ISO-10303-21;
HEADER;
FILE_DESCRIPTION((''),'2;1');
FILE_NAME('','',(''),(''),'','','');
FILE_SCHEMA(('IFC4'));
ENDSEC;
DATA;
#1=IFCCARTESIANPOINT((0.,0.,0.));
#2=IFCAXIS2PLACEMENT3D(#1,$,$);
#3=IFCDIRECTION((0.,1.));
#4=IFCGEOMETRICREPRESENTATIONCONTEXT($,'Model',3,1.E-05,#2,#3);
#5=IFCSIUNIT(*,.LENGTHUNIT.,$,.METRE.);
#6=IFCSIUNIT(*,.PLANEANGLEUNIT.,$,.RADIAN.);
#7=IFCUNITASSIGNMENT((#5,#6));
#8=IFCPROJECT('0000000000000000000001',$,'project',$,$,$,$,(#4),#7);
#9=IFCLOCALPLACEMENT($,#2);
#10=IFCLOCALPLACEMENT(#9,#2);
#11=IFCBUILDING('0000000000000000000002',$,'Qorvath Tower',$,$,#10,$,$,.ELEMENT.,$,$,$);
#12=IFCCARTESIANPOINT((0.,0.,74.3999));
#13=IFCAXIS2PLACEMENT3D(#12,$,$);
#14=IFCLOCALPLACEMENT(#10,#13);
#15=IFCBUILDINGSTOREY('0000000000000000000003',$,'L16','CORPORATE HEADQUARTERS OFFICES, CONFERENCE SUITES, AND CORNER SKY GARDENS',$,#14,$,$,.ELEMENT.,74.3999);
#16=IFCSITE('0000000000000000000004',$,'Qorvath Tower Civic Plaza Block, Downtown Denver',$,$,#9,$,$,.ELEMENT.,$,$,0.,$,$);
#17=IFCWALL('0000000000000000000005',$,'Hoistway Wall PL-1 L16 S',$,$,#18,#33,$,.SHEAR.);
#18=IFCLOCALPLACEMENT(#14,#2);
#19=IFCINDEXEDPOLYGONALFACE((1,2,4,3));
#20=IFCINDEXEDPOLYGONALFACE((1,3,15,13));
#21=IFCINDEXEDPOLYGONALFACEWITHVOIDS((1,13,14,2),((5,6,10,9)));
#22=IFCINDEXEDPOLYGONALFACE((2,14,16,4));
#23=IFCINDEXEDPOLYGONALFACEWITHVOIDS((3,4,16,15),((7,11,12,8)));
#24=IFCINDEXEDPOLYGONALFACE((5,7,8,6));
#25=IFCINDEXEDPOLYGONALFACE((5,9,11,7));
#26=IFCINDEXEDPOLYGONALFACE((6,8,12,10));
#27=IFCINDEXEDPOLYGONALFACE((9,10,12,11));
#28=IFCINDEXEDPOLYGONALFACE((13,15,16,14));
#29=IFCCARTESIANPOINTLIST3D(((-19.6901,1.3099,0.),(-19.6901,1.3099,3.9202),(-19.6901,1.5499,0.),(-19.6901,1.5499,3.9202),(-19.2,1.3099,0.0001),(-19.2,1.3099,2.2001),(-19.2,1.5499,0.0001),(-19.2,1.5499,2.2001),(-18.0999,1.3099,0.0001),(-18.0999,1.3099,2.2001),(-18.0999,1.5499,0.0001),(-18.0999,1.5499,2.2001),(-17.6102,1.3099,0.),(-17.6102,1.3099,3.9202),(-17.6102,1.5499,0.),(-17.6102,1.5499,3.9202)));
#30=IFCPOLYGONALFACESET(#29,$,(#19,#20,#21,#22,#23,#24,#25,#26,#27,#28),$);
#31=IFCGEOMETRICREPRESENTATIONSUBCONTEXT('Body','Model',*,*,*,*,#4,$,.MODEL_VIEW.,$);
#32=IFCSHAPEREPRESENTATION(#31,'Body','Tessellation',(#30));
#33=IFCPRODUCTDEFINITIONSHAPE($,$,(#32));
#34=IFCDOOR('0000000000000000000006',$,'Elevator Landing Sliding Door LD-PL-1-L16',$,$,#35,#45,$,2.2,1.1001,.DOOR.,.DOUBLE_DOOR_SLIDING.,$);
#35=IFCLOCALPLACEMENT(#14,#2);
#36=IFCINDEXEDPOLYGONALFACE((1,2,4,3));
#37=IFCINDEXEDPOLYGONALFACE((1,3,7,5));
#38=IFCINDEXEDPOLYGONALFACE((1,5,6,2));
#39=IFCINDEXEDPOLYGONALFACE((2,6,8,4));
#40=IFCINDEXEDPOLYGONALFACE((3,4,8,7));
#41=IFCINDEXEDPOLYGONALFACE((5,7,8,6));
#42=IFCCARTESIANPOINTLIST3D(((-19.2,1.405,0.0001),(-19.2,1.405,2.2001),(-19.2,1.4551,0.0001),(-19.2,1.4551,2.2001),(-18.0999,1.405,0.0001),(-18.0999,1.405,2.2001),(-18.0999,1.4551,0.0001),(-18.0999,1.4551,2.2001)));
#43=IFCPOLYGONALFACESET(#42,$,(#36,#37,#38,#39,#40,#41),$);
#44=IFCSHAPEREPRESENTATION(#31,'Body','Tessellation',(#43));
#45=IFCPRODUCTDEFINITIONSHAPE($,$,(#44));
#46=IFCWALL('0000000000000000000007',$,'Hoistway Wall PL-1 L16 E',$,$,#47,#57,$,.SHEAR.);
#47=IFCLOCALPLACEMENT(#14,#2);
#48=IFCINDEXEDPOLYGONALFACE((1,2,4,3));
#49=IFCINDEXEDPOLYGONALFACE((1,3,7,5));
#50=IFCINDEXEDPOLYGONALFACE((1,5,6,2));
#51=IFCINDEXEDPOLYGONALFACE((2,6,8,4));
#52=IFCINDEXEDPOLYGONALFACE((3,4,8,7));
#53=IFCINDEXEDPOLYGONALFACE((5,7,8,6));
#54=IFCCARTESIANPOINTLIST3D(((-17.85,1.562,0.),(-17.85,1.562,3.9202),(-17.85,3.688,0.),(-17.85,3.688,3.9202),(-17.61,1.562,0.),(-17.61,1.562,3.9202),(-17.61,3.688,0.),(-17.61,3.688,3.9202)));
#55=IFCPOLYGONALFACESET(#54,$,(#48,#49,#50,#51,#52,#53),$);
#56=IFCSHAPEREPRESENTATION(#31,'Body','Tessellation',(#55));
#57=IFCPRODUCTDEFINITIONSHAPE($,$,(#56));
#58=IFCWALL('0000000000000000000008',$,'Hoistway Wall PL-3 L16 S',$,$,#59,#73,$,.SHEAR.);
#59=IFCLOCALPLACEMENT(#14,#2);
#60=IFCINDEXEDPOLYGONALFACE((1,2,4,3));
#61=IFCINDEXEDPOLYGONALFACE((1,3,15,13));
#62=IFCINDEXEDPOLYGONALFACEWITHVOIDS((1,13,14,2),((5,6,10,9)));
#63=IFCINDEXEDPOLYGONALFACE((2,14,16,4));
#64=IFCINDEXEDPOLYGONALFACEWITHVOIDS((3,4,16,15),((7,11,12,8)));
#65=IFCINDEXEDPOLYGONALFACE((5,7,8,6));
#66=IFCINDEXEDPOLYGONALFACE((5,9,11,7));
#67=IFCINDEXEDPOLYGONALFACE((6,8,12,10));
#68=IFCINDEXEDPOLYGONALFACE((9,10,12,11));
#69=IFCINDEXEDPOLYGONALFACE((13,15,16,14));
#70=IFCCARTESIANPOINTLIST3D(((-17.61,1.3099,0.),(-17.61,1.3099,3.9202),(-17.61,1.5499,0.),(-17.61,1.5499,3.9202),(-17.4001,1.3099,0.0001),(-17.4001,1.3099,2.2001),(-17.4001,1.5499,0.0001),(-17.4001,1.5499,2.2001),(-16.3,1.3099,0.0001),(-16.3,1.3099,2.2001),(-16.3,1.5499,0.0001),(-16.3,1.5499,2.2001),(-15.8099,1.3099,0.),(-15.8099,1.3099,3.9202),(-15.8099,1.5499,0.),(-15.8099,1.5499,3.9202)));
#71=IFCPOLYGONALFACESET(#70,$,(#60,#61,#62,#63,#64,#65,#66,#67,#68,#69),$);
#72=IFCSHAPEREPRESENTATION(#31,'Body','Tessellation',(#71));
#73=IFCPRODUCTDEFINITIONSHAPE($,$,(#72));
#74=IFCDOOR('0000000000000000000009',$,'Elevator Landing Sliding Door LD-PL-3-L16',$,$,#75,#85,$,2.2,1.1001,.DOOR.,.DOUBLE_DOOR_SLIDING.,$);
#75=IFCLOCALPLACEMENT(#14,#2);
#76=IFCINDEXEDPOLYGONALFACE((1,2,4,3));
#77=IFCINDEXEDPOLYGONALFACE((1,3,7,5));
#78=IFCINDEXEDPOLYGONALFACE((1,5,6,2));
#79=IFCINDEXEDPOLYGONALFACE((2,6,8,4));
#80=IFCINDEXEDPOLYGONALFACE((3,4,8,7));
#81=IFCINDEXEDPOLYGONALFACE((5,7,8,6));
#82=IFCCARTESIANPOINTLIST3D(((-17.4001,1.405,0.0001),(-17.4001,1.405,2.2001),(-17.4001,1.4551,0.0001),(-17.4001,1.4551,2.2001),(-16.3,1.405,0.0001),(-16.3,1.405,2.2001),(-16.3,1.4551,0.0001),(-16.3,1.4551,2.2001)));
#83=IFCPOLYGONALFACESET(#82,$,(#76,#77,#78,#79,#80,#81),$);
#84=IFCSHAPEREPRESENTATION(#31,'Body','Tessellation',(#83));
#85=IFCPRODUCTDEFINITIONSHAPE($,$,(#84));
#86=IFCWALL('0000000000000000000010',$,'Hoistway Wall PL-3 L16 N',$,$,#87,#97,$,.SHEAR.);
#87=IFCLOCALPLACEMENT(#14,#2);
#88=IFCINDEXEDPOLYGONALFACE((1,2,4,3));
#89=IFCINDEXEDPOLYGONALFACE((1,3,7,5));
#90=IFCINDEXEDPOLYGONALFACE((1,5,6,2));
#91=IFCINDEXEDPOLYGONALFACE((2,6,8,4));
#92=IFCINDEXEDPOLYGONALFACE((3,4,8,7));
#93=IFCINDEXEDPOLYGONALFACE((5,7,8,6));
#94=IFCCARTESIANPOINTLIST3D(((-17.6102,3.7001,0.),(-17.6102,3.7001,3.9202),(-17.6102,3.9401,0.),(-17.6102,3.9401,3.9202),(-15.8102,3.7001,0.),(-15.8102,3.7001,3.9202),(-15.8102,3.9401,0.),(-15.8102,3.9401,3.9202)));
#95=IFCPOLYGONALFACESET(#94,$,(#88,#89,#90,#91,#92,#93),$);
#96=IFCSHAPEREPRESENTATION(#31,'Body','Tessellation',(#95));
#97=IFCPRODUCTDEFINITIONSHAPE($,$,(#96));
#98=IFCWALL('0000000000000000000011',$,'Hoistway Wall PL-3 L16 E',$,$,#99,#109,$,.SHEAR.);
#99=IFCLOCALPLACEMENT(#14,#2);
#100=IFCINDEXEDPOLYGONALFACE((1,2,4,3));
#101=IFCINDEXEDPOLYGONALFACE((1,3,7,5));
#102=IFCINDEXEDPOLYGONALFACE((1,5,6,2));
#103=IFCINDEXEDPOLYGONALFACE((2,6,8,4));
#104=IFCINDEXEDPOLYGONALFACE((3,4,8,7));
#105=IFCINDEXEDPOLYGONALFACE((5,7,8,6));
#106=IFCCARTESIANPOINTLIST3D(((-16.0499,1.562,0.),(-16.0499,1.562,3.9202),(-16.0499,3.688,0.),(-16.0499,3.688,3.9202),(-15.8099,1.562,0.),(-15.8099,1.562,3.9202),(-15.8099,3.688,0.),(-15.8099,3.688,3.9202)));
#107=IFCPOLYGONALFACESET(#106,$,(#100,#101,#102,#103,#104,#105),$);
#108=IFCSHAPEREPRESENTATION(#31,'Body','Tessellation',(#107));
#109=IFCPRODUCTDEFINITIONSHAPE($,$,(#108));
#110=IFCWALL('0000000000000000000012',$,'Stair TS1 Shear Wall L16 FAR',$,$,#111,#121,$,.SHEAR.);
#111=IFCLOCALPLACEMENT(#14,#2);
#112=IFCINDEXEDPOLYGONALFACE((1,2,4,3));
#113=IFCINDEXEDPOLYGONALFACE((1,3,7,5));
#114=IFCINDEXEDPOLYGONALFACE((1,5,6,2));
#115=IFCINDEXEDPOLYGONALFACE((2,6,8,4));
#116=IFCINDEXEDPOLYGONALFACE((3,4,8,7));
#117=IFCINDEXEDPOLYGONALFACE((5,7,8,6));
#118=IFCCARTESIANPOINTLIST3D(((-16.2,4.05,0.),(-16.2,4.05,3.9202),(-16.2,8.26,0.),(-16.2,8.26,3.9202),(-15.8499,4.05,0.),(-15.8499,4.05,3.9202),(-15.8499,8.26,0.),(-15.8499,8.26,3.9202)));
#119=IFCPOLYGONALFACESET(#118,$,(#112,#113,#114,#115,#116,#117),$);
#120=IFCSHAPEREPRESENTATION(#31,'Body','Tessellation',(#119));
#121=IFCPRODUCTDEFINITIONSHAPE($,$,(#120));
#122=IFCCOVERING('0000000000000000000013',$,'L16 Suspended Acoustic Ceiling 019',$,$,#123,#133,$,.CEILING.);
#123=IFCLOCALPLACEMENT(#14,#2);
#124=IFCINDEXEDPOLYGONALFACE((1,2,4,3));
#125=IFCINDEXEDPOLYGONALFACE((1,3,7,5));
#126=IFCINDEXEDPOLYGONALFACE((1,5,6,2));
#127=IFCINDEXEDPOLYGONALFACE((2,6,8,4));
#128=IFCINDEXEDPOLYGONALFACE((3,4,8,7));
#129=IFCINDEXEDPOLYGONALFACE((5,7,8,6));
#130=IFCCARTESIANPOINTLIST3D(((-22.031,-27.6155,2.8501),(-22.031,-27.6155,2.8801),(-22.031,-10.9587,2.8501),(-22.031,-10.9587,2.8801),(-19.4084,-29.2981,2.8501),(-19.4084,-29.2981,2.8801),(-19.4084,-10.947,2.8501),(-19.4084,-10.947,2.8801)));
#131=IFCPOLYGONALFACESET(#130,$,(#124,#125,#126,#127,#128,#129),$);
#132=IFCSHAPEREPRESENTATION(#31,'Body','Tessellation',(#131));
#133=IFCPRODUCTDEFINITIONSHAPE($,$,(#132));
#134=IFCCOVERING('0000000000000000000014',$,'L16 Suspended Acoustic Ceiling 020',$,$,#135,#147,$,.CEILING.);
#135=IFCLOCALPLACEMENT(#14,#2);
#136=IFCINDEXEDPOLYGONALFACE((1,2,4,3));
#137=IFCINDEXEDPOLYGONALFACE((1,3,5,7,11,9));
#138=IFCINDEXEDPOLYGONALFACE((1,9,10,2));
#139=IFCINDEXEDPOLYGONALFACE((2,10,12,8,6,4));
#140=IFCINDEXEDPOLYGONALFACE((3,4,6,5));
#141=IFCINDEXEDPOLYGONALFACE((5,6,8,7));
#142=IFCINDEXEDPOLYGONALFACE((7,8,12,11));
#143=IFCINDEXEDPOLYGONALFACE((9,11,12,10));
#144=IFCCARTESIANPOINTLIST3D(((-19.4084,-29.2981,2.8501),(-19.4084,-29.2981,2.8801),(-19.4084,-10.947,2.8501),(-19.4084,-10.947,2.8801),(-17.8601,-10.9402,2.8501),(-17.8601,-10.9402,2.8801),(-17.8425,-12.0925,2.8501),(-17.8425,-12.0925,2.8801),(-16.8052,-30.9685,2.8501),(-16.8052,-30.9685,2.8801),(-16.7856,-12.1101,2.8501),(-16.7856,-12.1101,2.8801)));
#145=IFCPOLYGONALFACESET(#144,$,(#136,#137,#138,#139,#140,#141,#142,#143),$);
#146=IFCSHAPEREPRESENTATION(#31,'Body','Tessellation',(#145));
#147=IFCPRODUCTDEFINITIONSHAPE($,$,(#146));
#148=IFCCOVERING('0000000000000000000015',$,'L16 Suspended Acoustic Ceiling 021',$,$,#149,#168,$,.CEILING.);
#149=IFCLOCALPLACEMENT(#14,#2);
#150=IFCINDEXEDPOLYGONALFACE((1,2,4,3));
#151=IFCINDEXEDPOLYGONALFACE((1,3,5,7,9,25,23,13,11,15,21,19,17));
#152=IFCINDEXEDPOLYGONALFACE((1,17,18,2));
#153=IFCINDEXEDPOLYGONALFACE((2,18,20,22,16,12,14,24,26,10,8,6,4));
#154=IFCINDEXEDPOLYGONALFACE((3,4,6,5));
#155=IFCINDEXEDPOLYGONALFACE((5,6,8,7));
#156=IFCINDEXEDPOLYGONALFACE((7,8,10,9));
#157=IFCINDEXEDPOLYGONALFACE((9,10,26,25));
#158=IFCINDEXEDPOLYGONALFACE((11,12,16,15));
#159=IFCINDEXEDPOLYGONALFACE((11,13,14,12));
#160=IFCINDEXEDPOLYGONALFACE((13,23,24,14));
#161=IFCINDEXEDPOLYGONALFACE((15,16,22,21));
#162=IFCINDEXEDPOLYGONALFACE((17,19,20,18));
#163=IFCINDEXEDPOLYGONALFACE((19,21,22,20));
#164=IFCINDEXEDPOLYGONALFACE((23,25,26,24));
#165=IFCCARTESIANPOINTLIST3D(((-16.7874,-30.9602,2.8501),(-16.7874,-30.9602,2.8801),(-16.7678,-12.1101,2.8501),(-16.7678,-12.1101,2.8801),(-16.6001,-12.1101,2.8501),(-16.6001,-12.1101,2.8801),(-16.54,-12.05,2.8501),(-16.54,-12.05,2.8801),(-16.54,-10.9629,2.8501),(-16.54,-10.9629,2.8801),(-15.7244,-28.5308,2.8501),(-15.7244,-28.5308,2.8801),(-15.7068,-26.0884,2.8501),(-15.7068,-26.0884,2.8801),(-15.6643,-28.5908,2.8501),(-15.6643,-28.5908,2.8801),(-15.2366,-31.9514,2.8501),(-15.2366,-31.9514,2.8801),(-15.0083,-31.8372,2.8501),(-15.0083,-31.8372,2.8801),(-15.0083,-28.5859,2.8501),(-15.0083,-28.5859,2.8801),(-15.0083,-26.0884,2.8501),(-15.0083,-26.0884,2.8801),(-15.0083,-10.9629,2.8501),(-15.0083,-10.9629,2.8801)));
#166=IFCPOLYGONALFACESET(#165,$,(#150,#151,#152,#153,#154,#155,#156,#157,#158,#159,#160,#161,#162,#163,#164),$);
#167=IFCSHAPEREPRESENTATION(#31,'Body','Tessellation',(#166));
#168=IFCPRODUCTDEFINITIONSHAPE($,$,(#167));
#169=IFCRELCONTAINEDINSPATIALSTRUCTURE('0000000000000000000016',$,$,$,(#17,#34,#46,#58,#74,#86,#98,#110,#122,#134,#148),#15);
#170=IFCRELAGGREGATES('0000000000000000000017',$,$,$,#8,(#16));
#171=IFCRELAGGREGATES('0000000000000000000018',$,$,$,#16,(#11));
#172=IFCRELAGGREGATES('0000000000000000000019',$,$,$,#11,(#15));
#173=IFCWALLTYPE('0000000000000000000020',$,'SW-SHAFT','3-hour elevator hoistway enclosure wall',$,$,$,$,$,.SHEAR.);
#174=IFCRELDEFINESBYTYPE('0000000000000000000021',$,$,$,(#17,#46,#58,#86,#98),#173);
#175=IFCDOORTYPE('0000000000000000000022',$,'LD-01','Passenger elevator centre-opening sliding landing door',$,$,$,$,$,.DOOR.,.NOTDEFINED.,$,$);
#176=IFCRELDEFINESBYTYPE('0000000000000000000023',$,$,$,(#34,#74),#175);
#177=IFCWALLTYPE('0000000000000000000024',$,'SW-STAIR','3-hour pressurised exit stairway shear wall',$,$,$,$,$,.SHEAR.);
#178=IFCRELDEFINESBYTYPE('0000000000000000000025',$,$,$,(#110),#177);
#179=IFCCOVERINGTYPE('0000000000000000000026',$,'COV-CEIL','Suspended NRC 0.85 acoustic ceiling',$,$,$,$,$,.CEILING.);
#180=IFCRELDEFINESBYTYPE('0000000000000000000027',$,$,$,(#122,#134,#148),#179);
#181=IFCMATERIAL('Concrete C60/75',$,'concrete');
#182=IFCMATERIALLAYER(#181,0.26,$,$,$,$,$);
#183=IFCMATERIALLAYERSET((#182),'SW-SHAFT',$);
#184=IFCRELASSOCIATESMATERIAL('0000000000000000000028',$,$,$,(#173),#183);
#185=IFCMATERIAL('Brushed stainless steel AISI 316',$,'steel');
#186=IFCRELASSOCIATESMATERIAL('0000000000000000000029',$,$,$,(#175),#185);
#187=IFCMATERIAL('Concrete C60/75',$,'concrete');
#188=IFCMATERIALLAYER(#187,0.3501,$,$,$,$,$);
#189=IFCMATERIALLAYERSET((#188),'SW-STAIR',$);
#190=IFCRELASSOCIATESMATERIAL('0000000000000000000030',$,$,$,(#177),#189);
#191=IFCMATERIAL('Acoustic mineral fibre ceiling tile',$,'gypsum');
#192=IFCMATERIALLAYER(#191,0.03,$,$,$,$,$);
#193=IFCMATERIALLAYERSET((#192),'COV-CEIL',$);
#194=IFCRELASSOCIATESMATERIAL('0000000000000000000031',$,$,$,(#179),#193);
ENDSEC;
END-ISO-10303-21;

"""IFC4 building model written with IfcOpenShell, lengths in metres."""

from ifc_helpers import new_model, si_unit, direction, frame, frame_2d, origin, place, context, subcontext, project, spatial, polyline, rectangle, outline, extrude, material, layer, layer_set, type_object, element, fill, save


model = new_model("IFC4")

# Units and contexts
model_context = context("Model", 3, precision=1e-05, world=origin(), true_north=direction((0.0, 1.0)))
body_context = subcontext(model_context, "Body", "Model", "MODEL_VIEW")
ifc_project = project(units=[si_unit("LENGTHUNIT", "METRE"), si_unit("PLANEANGLEUNIT", "RADIAN")], contexts=[model_context])

# Site, building, storey
site_placement = place(None, origin())
site = spatial("IfcSite", under=ifc_project, at=site_placement, Name="Qorvath Tower Civic Plaza Block, Downtown Denver", CompositionType="ELEMENT", RefElevation=0.0)
building_placement = place(site_placement, origin())
building = spatial("IfcBuilding", under=site, at=building_placement, Name="Qorvath Tower", CompositionType="ELEMENT")
storey_placement = place(building_placement, frame((0.0, 0.0, 74.3999)))
storey = spatial("IfcBuildingStorey", under=building, at=storey_placement, Name="L16", Description="CORPORATE HEADQUARTERS OFFICES, CONFERENCE SUITES, AND CORNER SKY GARDENS", CompositionType="ELEMENT", Elevation=74.3999)

# Wall, opening, door
ifc_material_1 = material(Name="Concrete C60/75", Category="concrete")
ifc_layer_1 = layer(ifc_material_1, 0.26)
ifc_layer_set_1 = layer_set([ifc_layer_1], Name="SW-SHAFT")
wall_type_1 = type_object("IfcWallType", Name="SW-SHAFT", Description="3-hour elevator hoistway enclosure wall", PredefinedType="SHEAR", material=ifc_layer_set_1)
wall_1_placement = place(storey_placement, frame((-17.6101, 1.4299, 0.0), z_axis=(0.0, 0.0, 1.0), x_axis=(-1.0, 0.0, 0.0)))
wall_1 = element("IfcWall", 1, at=wall_1_placement, inside=storey, type_object=wall_type_1, Name="Hoistway Wall PL-1 L16 S", PredefinedType="SHEAR", context=body_context, shape_type="SweptSolid", body=[
    extrude(rectangle(XDim=2.0798, YDim=0.24, at=frame_2d((1.04, 0.0))), origin(), (0.0, 0.0, 1.0), 3.9202),
])
opening_1_placement = place(wall_1_placement, frame((0.4897, 0.0, 0.0)))
opening_1 = element("IfcOpeningElement", 2, at=opening_1_placement, cuts=wall_1, PredefinedType="OPENING", context=body_context, shape_type="SweptSolid", body=[
    extrude(rectangle(XDim=1.1001, YDim=2.2, at=frame_2d((0.55, 1.1001))), frame((0.0, 0.1299, 0.0), z_axis=(0.0, -1.0, 0.0), x_axis=(1.0, 0.0, 0.0)), (0.0, 0.0, 1.0), 0.26),
])
ifc_material_2 = material(Name="Brushed stainless steel AISI 316", Category="steel")
door_type = type_object("IfcDoorType", Name="LD-01", Description="Passenger elevator centre-opening sliding landing door", OperationType="NOTDEFINED", PredefinedType="DOOR", material=ifc_material_2)
door_1_placement = place(opening_1_placement, origin())
door_1 = element("IfcDoor", 3, at=door_1_placement, inside=storey, type_object=door_type, Name="Elevator Landing Sliding Door LD-PL-1-L16", OperationType="DOUBLE_DOOR_SLIDING", OverallHeight=2.2, OverallWidth=1.1001, PredefinedType="DOOR", context=body_context, shape_type="SweptSolid", body=[
    extrude(rectangle(XDim=1.1001, YDim=2.2, at=frame_2d((0.55, 1.1001))), frame((0.0, 0.0249, 0.0), z_axis=(0.0, -1.0, 0.0), x_axis=(1.0, 0.0, 0.0)), (0.0, 0.0, 1.0), 0.05),
])
fill(opening_1, door_1)

# Wall
wall_2_placement = place(storey_placement, frame((-17.73, 3.688, 0.0), z_axis=(0.0, 0.0, 1.0), x_axis=(0.0, -1.0, 0.0)))
element("IfcWall", 4, at=wall_2_placement, inside=storey, type_object=wall_type_1, Name="Hoistway Wall PL-1 L16 E", PredefinedType="SHEAR", context=body_context, shape_type="SweptSolid", body=[
    extrude(rectangle(XDim=2.126, YDim=0.24, at=frame_2d((1.063, 0.0))), origin(), (0.0, 0.0, 1.0), 3.9202),
])

# Wall, opening, door
wall_3_placement = place(storey_placement, frame((-15.8101, 1.4299, 0.0), z_axis=(0.0, 0.0, 1.0), x_axis=(-1.0, 0.0, 0.0)))
wall_3 = element("IfcWall", 5, at=wall_3_placement, inside=storey, type_object=wall_type_1, Name="Hoistway Wall PL-3 L16 S", PredefinedType="SHEAR", context=body_context, shape_type="SweptSolid", body=[
    extrude(rectangle(XDim=1.8, YDim=0.24, at=frame_2d((0.8999, 0.0))), origin(), (0.0, 0.0, 1.0), 3.9202),
])
opening_2_placement = place(wall_3_placement, frame((0.49, 0.0, 0.0)))
opening_2 = element("IfcOpeningElement", 6, at=opening_2_placement, cuts=wall_3, PredefinedType="OPENING", context=body_context, shape_type="SweptSolid", body=[
    extrude(rectangle(XDim=1.1001, YDim=2.2, at=frame_2d((0.55, 1.1001))), frame((0.0, 0.1299, 0.0), z_axis=(0.0, -1.0, 0.0), x_axis=(1.0, 0.0, 0.0)), (0.0, 0.0, 1.0), 0.26),
])
door_2_placement = place(opening_2_placement, origin())
door_2 = element("IfcDoor", 7, at=door_2_placement, inside=storey, type_object=door_type, Name="Elevator Landing Sliding Door LD-PL-3-L16", OperationType="DOUBLE_DOOR_SLIDING", OverallHeight=2.2, OverallWidth=1.1001, PredefinedType="DOOR", context=body_context, shape_type="SweptSolid", body=[
    extrude(rectangle(XDim=1.1001, YDim=2.2, at=frame_2d((0.55, 1.1001))), frame((0.0, 0.0249, 0.0), z_axis=(0.0, -1.0, 0.0), x_axis=(1.0, 0.0, 0.0)), (0.0, 0.0, 1.0), 0.05),
])
fill(opening_2, door_2)

# Walls
wall_4_placement = place(storey_placement, frame((-17.6101, 3.8201, 0.0), z_axis=(0.0, 0.0, 1.0), x_axis=(1.0, 0.0, 0.0)))
element("IfcWall", 8, at=wall_4_placement, inside=storey, type_object=wall_type_1, Name="Hoistway Wall PL-3 L16 N", PredefinedType="SHEAR", context=body_context, shape_type="SweptSolid", body=[
    extrude(rectangle(XDim=1.8, YDim=0.24, at=frame_2d((0.8999, 0.0))), origin(), (0.0, 0.0, 1.0), 3.9202),
])
wall_5_placement = place(storey_placement, frame((-15.9299, 3.688, 0.0), z_axis=(0.0, 0.0, 1.0), x_axis=(0.0, -1.0, 0.0)))
element("IfcWall", 9, at=wall_5_placement, inside=storey, type_object=wall_type_1, Name="Hoistway Wall PL-3 L16 E", PredefinedType="SHEAR", context=body_context, shape_type="SweptSolid", body=[
    extrude(rectangle(XDim=2.126, YDim=0.24, at=frame_2d((1.063, 0.0))), origin(), (0.0, 0.0, 1.0), 3.9202),
])
ifc_material_3 = material(Name="Concrete C60/75", Category="concrete")
ifc_layer_2 = layer(ifc_material_3, 0.3501)
ifc_layer_set_2 = layer_set([ifc_layer_2], Name="SW-STAIR")
wall_type_2 = type_object("IfcWallType", Name="SW-STAIR", Description="3-hour pressurised exit stairway shear wall", PredefinedType="SHEAR", material=ifc_layer_set_2)
wall_6_placement = place(storey_placement, frame((-16.0249, 4.05, 0.0), z_axis=(0.0, 0.0, 1.0), x_axis=(0.0, 1.0, 0.0)))
element("IfcWall", 10, at=wall_6_placement, inside=storey, type_object=wall_type_2, Name="Stair TS1 Shear Wall L16 FAR", PredefinedType="SHEAR", context=body_context, shape_type="SweptSolid", body=[
    extrude(rectangle(XDim=4.21, YDim=0.3501, at=frame_2d((2.105, 0.0))), origin(), (0.0, 0.0, 1.0), 3.9202),
])

# Coverings
ifc_material_4 = material(Name="Acoustic mineral fibre ceiling tile", Category="gypsum")
ifc_layer_3 = layer(ifc_material_4, 0.03)
ifc_layer_set_3 = layer_set([ifc_layer_3], Name="COV-CEIL")
covering_type_1 = type_object("IfcCoveringType", Name="COV-CEIL", Description="Suspended NRC 0.85 acoustic ceiling", PredefinedType="CEILING", material=ifc_layer_set_3)
covering_1_placement = place(storey_placement, frame((0.0, 0.0, 2.8501)))
element("IfcCovering", 11, at=covering_1_placement, inside=storey, type_object=covering_type_1, Name="L16 Suspended Acoustic Ceiling 019", PredefinedType="CEILING", context=body_context, shape_type="SweptSolid", body=[
    extrude(outline(polyline([(-22.031, -10.9587), (-22.031, -27.6155), (-19.4084, -29.2981), (-19.4084, -10.947), (-22.031, -10.9587)])), origin(), (0.0, 0.0, 1.0), 0.03),
])
covering_2_placement = place(storey_placement, frame((0.0, 0.0, 2.8501)))
element("IfcCovering", 12, at=covering_2_placement, inside=storey, type_object=covering_type_1, Name="L16 Suspended Acoustic Ceiling 020", PredefinedType="CEILING", context=body_context, shape_type="SweptSolid", body=[
    extrude(outline(polyline([(-19.4084, -10.947), (-19.4084, -29.2981), (-16.8052, -30.9685), (-16.7856, -12.1101), (-17.8425, -12.0925), (-17.8601, -10.9402), (-19.4084, -10.947)])), origin(), (0.0, 0.0, 1.0), 0.03),
])
covering_3_placement = place(storey_placement, frame((0.0, 0.0, 2.8501)))
element("IfcCovering", 13, at=covering_3_placement, inside=storey, type_object=covering_type_1, Name="L16 Suspended Acoustic Ceiling 021", PredefinedType="CEILING", context=body_context, shape_type="SweptSolid", body=[
    extrude(outline(polyline([(-15.0083, -31.8372), (-15.0083, -28.5859), (-15.6643, -28.5908), (-15.7244, -28.5308), (-15.7068, -26.0884), (-15.0083, -26.0884), (-15.0083, -10.9629), (-16.54, -10.9629), (-16.54, -12.05), (-16.6001, -12.1101), (-16.7678, -12.1101), (-16.7874, -30.9602), (-15.2366, -31.9514), (-15.0083, -31.8372)])), origin(), (0.0, 0.0, 1.0), 0.03),
])

save(model, "model.ifc")
